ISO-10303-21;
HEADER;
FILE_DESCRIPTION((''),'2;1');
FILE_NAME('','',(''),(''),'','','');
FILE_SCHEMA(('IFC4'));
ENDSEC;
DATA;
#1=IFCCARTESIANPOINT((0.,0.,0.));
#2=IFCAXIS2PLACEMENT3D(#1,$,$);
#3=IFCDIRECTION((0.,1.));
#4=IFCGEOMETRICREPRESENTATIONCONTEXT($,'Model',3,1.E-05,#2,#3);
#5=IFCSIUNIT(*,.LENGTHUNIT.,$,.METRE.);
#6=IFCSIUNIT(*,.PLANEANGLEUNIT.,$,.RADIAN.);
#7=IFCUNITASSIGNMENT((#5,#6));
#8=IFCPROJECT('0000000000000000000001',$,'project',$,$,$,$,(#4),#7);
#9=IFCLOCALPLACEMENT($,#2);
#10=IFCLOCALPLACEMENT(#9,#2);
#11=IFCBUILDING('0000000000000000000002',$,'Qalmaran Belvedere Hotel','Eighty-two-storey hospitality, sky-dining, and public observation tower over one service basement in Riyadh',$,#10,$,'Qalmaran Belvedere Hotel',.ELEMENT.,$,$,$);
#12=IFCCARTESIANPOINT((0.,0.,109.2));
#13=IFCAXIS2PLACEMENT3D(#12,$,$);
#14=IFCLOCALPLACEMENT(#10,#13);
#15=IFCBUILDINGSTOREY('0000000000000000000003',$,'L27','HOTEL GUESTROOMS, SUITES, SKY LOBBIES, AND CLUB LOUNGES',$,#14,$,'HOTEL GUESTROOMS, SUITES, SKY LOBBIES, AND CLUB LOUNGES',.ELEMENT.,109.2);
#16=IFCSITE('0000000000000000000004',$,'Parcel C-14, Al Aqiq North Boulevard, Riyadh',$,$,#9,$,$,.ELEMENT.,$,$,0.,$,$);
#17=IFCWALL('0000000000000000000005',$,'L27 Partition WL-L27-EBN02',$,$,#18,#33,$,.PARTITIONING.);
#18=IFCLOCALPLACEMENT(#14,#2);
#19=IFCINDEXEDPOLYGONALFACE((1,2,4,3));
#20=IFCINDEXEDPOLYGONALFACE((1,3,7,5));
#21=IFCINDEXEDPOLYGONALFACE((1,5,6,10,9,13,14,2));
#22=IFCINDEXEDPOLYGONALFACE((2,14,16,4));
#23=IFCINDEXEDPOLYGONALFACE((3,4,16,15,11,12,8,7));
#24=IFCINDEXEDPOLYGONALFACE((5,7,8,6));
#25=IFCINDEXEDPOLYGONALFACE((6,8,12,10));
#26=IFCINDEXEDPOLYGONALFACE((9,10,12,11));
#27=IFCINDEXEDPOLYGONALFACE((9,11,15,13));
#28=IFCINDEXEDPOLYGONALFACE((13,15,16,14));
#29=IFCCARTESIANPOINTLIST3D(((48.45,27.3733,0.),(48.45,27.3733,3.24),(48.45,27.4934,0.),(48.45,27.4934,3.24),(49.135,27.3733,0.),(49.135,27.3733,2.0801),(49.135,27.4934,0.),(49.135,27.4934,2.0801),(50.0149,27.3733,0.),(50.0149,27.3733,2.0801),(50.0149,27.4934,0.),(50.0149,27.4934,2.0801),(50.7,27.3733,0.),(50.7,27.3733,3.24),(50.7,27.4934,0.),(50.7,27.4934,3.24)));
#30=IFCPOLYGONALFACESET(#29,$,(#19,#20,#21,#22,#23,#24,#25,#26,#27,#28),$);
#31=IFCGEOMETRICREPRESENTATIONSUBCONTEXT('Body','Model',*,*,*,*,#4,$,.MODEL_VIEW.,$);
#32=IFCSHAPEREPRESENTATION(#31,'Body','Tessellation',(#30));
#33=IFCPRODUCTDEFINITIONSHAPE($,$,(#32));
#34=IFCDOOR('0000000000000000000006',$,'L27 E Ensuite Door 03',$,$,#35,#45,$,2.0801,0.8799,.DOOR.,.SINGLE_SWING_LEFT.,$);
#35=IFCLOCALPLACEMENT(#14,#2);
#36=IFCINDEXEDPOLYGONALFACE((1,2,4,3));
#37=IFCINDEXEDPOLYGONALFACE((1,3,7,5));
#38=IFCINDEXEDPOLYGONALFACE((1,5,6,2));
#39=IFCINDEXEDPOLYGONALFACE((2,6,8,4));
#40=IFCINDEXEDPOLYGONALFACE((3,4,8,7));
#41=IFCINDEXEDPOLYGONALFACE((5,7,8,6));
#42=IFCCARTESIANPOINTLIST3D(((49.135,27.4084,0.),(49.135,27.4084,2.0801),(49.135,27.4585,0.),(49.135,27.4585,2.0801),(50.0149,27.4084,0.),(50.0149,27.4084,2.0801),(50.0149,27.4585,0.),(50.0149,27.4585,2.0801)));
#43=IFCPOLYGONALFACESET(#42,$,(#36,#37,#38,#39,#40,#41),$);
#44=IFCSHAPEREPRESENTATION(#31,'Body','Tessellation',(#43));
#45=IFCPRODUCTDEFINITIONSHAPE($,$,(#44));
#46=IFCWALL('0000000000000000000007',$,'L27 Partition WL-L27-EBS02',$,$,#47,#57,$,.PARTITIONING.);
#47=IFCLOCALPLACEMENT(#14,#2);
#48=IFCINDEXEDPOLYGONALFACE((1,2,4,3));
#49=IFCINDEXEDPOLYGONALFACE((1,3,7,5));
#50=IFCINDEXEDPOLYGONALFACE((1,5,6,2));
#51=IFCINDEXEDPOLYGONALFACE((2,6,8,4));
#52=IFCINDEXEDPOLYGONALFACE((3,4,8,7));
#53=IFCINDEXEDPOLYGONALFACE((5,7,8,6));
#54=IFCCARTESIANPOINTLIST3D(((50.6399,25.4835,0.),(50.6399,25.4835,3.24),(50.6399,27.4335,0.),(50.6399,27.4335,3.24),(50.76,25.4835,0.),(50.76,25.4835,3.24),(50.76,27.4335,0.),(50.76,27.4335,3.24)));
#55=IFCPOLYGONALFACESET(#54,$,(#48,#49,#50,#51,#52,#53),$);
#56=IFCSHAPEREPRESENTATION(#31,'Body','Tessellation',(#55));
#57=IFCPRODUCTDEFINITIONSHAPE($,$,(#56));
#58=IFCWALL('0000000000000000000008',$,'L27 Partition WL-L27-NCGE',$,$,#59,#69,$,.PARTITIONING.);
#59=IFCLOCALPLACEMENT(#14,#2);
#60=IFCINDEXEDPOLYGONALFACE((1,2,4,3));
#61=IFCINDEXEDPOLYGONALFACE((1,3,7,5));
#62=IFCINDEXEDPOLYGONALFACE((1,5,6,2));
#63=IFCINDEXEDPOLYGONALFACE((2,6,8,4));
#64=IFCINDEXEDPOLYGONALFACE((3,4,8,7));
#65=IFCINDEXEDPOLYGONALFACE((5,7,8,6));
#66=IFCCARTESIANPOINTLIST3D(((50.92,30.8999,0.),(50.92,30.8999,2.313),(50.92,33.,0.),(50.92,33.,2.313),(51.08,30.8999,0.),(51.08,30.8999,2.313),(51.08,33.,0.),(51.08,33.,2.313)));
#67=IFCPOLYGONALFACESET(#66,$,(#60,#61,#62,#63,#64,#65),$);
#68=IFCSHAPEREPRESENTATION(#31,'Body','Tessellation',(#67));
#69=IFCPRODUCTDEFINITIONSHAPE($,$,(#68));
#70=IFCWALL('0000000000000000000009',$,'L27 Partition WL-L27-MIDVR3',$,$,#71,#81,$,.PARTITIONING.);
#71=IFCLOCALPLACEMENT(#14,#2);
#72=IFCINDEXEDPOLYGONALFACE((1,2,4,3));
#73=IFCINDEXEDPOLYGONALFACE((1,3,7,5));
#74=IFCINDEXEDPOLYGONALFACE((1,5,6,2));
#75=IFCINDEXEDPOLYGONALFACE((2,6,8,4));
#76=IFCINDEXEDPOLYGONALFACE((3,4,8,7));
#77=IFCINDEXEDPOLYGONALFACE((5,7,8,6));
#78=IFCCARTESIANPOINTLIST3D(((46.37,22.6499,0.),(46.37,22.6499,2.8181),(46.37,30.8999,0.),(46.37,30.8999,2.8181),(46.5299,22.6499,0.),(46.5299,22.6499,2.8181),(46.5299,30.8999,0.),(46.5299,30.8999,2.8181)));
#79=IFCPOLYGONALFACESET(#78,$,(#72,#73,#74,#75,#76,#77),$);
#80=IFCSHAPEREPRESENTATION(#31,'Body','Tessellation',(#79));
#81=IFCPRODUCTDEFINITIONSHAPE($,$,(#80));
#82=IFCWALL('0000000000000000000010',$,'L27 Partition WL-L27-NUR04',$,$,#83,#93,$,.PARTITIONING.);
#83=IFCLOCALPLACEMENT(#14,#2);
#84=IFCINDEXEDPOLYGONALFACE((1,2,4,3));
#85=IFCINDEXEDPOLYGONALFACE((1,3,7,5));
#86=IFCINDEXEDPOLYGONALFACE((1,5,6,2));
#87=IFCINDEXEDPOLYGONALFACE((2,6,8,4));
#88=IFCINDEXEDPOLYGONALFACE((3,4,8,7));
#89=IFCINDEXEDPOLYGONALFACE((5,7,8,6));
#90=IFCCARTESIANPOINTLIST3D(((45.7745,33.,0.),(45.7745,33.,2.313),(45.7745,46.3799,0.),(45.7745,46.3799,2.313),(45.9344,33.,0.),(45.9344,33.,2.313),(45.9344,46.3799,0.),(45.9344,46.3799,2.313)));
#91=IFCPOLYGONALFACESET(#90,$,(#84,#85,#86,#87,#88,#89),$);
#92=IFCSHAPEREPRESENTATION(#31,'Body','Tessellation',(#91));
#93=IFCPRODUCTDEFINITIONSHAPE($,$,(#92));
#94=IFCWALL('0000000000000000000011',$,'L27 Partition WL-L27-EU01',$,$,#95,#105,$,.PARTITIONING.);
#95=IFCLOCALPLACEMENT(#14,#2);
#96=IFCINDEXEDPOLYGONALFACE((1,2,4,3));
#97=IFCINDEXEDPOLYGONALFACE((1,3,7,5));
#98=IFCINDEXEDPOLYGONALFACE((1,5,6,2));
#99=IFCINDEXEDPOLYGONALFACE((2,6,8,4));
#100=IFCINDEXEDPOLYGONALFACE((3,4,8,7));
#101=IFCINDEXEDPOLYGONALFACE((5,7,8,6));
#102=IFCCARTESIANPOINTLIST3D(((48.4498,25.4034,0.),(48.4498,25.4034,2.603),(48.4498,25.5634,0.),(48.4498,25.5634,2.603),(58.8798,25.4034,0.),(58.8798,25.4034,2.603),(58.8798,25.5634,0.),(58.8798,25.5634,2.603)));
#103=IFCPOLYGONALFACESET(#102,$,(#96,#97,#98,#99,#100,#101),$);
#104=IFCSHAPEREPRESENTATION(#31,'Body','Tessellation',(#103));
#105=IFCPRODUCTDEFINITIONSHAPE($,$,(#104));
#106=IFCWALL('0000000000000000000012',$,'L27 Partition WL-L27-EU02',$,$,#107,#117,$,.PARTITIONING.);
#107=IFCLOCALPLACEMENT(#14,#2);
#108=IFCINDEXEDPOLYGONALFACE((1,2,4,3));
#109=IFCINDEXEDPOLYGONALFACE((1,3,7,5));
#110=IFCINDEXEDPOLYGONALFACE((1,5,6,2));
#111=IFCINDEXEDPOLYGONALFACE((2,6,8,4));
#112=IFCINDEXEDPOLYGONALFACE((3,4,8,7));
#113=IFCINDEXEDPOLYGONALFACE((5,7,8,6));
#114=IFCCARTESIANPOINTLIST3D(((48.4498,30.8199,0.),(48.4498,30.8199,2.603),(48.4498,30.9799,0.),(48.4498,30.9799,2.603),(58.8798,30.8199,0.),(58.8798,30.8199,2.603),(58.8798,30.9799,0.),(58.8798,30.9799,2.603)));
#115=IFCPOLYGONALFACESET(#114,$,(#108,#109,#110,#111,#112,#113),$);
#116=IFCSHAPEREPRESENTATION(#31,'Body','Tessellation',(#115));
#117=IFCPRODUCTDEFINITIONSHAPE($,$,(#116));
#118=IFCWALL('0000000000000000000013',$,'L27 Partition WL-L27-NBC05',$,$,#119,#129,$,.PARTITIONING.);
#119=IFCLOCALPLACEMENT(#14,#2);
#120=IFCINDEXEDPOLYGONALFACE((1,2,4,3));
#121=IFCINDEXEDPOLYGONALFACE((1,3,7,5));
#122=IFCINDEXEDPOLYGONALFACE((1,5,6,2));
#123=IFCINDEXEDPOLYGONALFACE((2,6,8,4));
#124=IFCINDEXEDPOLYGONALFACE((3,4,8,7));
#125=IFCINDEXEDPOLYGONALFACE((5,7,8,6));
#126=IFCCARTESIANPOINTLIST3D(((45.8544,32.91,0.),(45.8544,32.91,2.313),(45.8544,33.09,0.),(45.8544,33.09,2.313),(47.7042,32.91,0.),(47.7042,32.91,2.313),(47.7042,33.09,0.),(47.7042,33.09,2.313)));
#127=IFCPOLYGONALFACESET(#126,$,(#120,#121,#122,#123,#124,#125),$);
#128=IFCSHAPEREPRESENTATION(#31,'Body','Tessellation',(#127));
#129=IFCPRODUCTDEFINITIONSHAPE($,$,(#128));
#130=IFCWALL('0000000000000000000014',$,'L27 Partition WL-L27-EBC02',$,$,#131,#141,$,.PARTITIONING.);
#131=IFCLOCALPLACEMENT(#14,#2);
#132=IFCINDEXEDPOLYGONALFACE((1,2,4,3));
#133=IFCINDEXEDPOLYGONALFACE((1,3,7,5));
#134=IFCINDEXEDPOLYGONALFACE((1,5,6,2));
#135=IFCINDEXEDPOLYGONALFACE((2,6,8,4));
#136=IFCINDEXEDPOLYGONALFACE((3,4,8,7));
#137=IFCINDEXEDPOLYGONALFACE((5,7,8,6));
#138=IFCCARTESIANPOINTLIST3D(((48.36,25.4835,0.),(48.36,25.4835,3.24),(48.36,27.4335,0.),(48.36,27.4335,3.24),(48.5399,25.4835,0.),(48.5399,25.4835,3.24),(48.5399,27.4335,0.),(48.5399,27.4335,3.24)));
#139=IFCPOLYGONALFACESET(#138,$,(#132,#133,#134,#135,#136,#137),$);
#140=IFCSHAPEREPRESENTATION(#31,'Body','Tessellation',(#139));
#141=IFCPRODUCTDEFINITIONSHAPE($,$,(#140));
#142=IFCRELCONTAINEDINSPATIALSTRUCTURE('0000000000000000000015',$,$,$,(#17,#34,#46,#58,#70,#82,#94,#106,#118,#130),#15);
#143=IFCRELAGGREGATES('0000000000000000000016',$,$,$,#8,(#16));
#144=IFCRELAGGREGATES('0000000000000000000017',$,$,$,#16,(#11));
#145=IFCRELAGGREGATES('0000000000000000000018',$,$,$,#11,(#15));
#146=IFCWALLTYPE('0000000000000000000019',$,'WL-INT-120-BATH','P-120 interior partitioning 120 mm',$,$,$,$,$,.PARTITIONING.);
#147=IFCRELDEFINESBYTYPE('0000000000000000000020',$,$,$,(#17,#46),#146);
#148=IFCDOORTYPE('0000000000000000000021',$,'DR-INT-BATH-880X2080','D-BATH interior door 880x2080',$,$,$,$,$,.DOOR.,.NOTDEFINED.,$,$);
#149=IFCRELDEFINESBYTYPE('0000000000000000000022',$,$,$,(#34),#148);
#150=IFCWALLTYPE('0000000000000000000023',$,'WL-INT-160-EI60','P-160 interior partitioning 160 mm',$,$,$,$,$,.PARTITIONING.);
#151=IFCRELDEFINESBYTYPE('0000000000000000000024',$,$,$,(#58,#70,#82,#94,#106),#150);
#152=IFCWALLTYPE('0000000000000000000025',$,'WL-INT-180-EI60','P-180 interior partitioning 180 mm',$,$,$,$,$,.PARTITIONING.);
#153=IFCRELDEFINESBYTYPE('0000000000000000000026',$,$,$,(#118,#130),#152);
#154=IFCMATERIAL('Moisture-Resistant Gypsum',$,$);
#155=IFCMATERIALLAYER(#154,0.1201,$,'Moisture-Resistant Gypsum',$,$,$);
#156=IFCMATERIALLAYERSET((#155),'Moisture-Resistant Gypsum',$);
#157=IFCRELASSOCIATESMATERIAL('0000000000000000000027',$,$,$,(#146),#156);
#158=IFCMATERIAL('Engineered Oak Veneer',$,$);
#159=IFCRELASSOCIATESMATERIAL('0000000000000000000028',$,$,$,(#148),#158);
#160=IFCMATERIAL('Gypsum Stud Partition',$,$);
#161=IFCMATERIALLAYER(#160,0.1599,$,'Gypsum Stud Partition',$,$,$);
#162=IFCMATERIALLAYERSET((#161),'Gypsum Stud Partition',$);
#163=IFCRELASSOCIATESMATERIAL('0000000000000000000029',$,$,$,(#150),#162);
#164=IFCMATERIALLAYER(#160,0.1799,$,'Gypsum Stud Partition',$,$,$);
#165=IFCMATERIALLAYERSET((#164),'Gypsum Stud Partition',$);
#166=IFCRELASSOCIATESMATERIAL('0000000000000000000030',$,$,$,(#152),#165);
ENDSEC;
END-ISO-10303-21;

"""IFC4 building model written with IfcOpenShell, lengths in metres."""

from ifc_helpers import new_model, si_unit, direction, frame, frame_2d, origin, place, context, subcontext, project, spatial, rectangle, extrude, material, layer, layer_set, type_object, element, fill, save


model = new_model("IFC4")

# Units and contexts
model_context = context("Model", 3, precision=1e-05, world=origin(), true_north=direction((0.0, 1.0)))
body_context = subcontext(model_context, "Body", "Model", "MODEL_VIEW")
ifc_project = project(units=[si_unit("LENGTHUNIT", "METRE"), si_unit("PLANEANGLEUNIT", "RADIAN")], contexts=[model_context])

# Site, building, storey
site_placement = place(None, origin())
site = spatial("IfcSite", under=ifc_project, at=site_placement, Name="Parcel C-14, Al Aqiq North Boulevard, Riyadh", CompositionType="ELEMENT", RefElevation=0.0)
building_placement = place(site_placement, origin())
building = spatial("IfcBuilding", under=site, at=building_placement, Name="Qalmaran Belvedere Hotel", Description="Eighty-two-storey hospitality, sky-dining, and public observation tower over one service basement in Riyadh", LongName="Qalmaran Belvedere Hotel", CompositionType="ELEMENT")
storey_placement = place(building_placement, frame((0.0, 0.0, 109.2)))
storey = spatial("IfcBuildingStorey", under=building, at=storey_placement, Name="L27", Description="HOTEL GUESTROOMS, SUITES, SKY LOBBIES, AND CLUB LOUNGES", LongName="HOTEL GUESTROOMS, SUITES, SKY LOBBIES, AND CLUB LOUNGES", CompositionType="ELEMENT", Elevation=109.2)

# Wall, opening, door
ifc_material_1 = material(Name="Moisture-Resistant Gypsum")
ifc_layer_1 = layer(ifc_material_1, 0.1201, Name="Moisture-Resistant Gypsum")
ifc_layer_set_1 = layer_set([ifc_layer_1], Name="Moisture-Resistant Gypsum")
wall_type_1 = type_object("IfcWallType", Name="WL-INT-120-BATH", Description="P-120 interior partitioning 120 mm", PredefinedType="PARTITIONING", material=ifc_layer_set_1)
wall_1_placement = place(storey_placement, frame((48.45, 27.4333, 0.0), z_axis=(0.0, 0.0, 1.0), x_axis=(1.0, 0.0, 0.0)))
wall_1 = element("IfcWall", 1, at=wall_1_placement, inside=storey, type_object=wall_type_1, Name="L27 Partition WL-L27-EBN02", PredefinedType="PARTITIONING", context=body_context, shape_type="SweptSolid", body=[
    extrude(rectangle(XDim=2.25, YDim=0.1201, at=frame_2d((1.125, 0.0))), origin(), (0.0, 0.0, 1.0), 3.24),
])
opening_1_placement = place(wall_1_placement, frame((1.5649, 0.0, 0.0), z_axis=(0.0, 0.0, 1.0), x_axis=(-1.0, 0.0, 0.0)))
opening_1 = element("IfcOpeningElement", 2, at=opening_1_placement, cuts=wall_1, PredefinedType="OPENING", context=body_context, shape_type="SweptSolid", body=[
    extrude(rectangle(XDim=0.8799, YDim=2.0801, at=frame_2d((0.4399, 1.04))), frame((0.0, 0.0701, 0.0), z_axis=(0.0, -1.0, 0.0), x_axis=(1.0, 0.0, 0.0)), (0.0, 0.0, 1.0), 0.1401),
])
ifc_material_2 = material(Name="Engineered Oak Veneer")
door_type_1 = type_object("IfcDoorType", Name="DR-INT-BATH-880X2080", Description="D-BATH interior door 880x2080", OperationType="NOTDEFINED", PredefinedType="DOOR", material=ifc_material_2)
door_1_placement = place(opening_1_placement, origin())
door_1 = element("IfcDoor", 3, at=door_1_placement, inside=storey, type_object=door_type_1, Name="L27 E Ensuite Door 03", OperationType="SINGLE_SWING_LEFT", OverallHeight=2.0801, OverallWidth=0.8799, PredefinedType="DOOR", context=body_context, shape_type="SweptSolid", body=[
    extrude(rectangle(XDim=0.8799, YDim=2.0801, at=frame_2d((0.4399, 1.04))), frame((0.0, 0.0249, 0.0), z_axis=(0.0, -1.0, 0.0), x_axis=(1.0, 0.0, 0.0)), (0.0, 0.0, 1.0), 0.05),
])
fill(opening_1, door_1)

# Wall
wall_2_placement = place(storey_placement, frame((50.7, 25.4834, 0.0), z_axis=(0.0, 0.0, 1.0), x_axis=(0.0, 1.0, 0.0)))
element("IfcWall", 4, at=wall_2_placement, inside=storey, type_object=wall_type_1, Name="L27 Partition WL-L27-EBS02", PredefinedType="PARTITIONING", context=body_context, shape_type="SweptSolid", body=[
    extrude(rectangle(XDim=1.95, YDim=0.1201, at=frame_2d((0.9751, 0.0))), origin(), (0.0, 0.0, 1.0), 3.24),
])

# Shared definitions
ifc_material_3 = material(Name="Gypsum Stud Partition")

# Walls
ifc_layer_2 = layer(ifc_material_3, 0.1599, Name="Gypsum Stud Partition")
ifc_layer_set_2 = layer_set([ifc_layer_2], Name="Gypsum Stud Partition")
wall_type_2 = type_object("IfcWallType", Name="WL-INT-160-EI60", Description="P-160 interior partitioning 160 mm", PredefinedType="PARTITIONING", material=ifc_layer_set_2)
wall_3_placement = place(storey_placement, frame((51.0, 30.8999, 0.0), z_axis=(0.0, 0.0, 1.0), x_axis=(0.0, 1.0, 0.0)))
element("IfcWall", 5, at=wall_3_placement, inside=storey, type_object=wall_type_2, Name="L27 Partition WL-L27-NCGE", PredefinedType="PARTITIONING", context=body_context, shape_type="SweptSolid", body=[
    extrude(rectangle(XDim=2.1001, YDim=0.1599, at=frame_2d((1.05, 0.0))), origin(), (0.0, 0.0, 1.0), 2.313),
])
wall_4_placement = place(storey_placement, frame((46.45, 22.6499, 0.0), z_axis=(0.0, 0.0, 1.0), x_axis=(0.0, 1.0, 0.0)))
element("IfcWall", 6, at=wall_4_placement, inside=storey, type_object=wall_type_2, Name="L27 Partition WL-L27-MIDVR3", PredefinedType="PARTITIONING", context=body_context, shape_type="SweptSolid", body=[
    extrude(rectangle(XDim=8.25, YDim=0.1599, at=frame_2d((4.125, 0.0))), origin(), (0.0, 0.0, 1.0), 2.8181),
])
wall_5_placement = place(storey_placement, frame((45.8545, 33.0, 0.0), z_axis=(0.0, 0.0, 1.0), x_axis=(0.0, 1.0, 0.0)))
element("IfcWall", 7, at=wall_5_placement, inside=storey, type_object=wall_type_2, Name="L27 Partition WL-L27-NUR04", PredefinedType="PARTITIONING", context=body_context, shape_type="SweptSolid", body=[
    extrude(rectangle(XDim=13.3799, YDim=0.1599, at=frame_2d((6.6899, 0.0))), origin(), (0.0, 0.0, 1.0), 2.313),
])
for number, where, z_axis, x_axis, name in (
    (8, (48.45, 25.4834, 0.0), (0.0, 0.0, 1.0), (1.0, 0.0, 0.0), "L27 Partition WL-L27-EU01"),
    (9, (48.45, 30.8999, 0.0), (0.0, 0.0, 1.0), (1.0, 0.0, 0.0), "L27 Partition WL-L27-EU02"),
):
    element("IfcWall", number, at=place(storey_placement, frame(where, z_axis=z_axis, x_axis=x_axis)), inside=storey, type_object=wall_type_2, Name=name, PredefinedType="PARTITIONING", context=body_context, shape_type="SweptSolid", body=[
        extrude(rectangle(XDim=10.4299, YDim=0.1599, at=frame_2d((5.2148, 0.0))), origin(), (0.0, 0.0, 1.0), 2.603),
    ])
ifc_layer_3 = layer(ifc_material_3, 0.1799, Name="Gypsum Stud Partition")
ifc_layer_set_3 = layer_set([ifc_layer_3], Name="Gypsum Stud Partition")
wall_type_3 = type_object("IfcWallType", Name="WL-INT-180-EI60", Description="P-180 interior partitioning 180 mm", PredefinedType="PARTITIONING", material=ifc_layer_set_3)
wall_6_placement = place(storey_placement, frame((45.8545, 33.0, 0.0), z_axis=(0.0, 0.0, 1.0), x_axis=(1.0, 0.0, 0.0)))
element("IfcWall", 10, at=wall_6_placement, inside=storey, type_object=wall_type_3, Name="L27 Partition WL-L27-NBC05", PredefinedType="PARTITIONING", context=body_context, shape_type="SweptSolid", body=[
    extrude(rectangle(XDim=1.8499, YDim=0.1799, at=frame_2d((0.9248, 0.0))), origin(), (0.0, 0.0, 1.0), 2.313),
])
wall_7_placement = place(storey_placement, frame((48.45, 25.4834, 0.0), z_axis=(0.0, 0.0, 1.0), x_axis=(0.0, 1.0, 0.0)))
element("IfcWall", 11, at=wall_7_placement, inside=storey, type_object=wall_type_3, Name="L27 Partition WL-L27-EBC02", PredefinedType="PARTITIONING", context=body_context, shape_type="SweptSolid", body=[
    extrude(rectangle(XDim=1.95, YDim=0.1799, at=frame_2d((0.9751, 0.0))), origin(), (0.0, 0.0, 1.0), 3.24),
])

save(model, "model.ifc")
